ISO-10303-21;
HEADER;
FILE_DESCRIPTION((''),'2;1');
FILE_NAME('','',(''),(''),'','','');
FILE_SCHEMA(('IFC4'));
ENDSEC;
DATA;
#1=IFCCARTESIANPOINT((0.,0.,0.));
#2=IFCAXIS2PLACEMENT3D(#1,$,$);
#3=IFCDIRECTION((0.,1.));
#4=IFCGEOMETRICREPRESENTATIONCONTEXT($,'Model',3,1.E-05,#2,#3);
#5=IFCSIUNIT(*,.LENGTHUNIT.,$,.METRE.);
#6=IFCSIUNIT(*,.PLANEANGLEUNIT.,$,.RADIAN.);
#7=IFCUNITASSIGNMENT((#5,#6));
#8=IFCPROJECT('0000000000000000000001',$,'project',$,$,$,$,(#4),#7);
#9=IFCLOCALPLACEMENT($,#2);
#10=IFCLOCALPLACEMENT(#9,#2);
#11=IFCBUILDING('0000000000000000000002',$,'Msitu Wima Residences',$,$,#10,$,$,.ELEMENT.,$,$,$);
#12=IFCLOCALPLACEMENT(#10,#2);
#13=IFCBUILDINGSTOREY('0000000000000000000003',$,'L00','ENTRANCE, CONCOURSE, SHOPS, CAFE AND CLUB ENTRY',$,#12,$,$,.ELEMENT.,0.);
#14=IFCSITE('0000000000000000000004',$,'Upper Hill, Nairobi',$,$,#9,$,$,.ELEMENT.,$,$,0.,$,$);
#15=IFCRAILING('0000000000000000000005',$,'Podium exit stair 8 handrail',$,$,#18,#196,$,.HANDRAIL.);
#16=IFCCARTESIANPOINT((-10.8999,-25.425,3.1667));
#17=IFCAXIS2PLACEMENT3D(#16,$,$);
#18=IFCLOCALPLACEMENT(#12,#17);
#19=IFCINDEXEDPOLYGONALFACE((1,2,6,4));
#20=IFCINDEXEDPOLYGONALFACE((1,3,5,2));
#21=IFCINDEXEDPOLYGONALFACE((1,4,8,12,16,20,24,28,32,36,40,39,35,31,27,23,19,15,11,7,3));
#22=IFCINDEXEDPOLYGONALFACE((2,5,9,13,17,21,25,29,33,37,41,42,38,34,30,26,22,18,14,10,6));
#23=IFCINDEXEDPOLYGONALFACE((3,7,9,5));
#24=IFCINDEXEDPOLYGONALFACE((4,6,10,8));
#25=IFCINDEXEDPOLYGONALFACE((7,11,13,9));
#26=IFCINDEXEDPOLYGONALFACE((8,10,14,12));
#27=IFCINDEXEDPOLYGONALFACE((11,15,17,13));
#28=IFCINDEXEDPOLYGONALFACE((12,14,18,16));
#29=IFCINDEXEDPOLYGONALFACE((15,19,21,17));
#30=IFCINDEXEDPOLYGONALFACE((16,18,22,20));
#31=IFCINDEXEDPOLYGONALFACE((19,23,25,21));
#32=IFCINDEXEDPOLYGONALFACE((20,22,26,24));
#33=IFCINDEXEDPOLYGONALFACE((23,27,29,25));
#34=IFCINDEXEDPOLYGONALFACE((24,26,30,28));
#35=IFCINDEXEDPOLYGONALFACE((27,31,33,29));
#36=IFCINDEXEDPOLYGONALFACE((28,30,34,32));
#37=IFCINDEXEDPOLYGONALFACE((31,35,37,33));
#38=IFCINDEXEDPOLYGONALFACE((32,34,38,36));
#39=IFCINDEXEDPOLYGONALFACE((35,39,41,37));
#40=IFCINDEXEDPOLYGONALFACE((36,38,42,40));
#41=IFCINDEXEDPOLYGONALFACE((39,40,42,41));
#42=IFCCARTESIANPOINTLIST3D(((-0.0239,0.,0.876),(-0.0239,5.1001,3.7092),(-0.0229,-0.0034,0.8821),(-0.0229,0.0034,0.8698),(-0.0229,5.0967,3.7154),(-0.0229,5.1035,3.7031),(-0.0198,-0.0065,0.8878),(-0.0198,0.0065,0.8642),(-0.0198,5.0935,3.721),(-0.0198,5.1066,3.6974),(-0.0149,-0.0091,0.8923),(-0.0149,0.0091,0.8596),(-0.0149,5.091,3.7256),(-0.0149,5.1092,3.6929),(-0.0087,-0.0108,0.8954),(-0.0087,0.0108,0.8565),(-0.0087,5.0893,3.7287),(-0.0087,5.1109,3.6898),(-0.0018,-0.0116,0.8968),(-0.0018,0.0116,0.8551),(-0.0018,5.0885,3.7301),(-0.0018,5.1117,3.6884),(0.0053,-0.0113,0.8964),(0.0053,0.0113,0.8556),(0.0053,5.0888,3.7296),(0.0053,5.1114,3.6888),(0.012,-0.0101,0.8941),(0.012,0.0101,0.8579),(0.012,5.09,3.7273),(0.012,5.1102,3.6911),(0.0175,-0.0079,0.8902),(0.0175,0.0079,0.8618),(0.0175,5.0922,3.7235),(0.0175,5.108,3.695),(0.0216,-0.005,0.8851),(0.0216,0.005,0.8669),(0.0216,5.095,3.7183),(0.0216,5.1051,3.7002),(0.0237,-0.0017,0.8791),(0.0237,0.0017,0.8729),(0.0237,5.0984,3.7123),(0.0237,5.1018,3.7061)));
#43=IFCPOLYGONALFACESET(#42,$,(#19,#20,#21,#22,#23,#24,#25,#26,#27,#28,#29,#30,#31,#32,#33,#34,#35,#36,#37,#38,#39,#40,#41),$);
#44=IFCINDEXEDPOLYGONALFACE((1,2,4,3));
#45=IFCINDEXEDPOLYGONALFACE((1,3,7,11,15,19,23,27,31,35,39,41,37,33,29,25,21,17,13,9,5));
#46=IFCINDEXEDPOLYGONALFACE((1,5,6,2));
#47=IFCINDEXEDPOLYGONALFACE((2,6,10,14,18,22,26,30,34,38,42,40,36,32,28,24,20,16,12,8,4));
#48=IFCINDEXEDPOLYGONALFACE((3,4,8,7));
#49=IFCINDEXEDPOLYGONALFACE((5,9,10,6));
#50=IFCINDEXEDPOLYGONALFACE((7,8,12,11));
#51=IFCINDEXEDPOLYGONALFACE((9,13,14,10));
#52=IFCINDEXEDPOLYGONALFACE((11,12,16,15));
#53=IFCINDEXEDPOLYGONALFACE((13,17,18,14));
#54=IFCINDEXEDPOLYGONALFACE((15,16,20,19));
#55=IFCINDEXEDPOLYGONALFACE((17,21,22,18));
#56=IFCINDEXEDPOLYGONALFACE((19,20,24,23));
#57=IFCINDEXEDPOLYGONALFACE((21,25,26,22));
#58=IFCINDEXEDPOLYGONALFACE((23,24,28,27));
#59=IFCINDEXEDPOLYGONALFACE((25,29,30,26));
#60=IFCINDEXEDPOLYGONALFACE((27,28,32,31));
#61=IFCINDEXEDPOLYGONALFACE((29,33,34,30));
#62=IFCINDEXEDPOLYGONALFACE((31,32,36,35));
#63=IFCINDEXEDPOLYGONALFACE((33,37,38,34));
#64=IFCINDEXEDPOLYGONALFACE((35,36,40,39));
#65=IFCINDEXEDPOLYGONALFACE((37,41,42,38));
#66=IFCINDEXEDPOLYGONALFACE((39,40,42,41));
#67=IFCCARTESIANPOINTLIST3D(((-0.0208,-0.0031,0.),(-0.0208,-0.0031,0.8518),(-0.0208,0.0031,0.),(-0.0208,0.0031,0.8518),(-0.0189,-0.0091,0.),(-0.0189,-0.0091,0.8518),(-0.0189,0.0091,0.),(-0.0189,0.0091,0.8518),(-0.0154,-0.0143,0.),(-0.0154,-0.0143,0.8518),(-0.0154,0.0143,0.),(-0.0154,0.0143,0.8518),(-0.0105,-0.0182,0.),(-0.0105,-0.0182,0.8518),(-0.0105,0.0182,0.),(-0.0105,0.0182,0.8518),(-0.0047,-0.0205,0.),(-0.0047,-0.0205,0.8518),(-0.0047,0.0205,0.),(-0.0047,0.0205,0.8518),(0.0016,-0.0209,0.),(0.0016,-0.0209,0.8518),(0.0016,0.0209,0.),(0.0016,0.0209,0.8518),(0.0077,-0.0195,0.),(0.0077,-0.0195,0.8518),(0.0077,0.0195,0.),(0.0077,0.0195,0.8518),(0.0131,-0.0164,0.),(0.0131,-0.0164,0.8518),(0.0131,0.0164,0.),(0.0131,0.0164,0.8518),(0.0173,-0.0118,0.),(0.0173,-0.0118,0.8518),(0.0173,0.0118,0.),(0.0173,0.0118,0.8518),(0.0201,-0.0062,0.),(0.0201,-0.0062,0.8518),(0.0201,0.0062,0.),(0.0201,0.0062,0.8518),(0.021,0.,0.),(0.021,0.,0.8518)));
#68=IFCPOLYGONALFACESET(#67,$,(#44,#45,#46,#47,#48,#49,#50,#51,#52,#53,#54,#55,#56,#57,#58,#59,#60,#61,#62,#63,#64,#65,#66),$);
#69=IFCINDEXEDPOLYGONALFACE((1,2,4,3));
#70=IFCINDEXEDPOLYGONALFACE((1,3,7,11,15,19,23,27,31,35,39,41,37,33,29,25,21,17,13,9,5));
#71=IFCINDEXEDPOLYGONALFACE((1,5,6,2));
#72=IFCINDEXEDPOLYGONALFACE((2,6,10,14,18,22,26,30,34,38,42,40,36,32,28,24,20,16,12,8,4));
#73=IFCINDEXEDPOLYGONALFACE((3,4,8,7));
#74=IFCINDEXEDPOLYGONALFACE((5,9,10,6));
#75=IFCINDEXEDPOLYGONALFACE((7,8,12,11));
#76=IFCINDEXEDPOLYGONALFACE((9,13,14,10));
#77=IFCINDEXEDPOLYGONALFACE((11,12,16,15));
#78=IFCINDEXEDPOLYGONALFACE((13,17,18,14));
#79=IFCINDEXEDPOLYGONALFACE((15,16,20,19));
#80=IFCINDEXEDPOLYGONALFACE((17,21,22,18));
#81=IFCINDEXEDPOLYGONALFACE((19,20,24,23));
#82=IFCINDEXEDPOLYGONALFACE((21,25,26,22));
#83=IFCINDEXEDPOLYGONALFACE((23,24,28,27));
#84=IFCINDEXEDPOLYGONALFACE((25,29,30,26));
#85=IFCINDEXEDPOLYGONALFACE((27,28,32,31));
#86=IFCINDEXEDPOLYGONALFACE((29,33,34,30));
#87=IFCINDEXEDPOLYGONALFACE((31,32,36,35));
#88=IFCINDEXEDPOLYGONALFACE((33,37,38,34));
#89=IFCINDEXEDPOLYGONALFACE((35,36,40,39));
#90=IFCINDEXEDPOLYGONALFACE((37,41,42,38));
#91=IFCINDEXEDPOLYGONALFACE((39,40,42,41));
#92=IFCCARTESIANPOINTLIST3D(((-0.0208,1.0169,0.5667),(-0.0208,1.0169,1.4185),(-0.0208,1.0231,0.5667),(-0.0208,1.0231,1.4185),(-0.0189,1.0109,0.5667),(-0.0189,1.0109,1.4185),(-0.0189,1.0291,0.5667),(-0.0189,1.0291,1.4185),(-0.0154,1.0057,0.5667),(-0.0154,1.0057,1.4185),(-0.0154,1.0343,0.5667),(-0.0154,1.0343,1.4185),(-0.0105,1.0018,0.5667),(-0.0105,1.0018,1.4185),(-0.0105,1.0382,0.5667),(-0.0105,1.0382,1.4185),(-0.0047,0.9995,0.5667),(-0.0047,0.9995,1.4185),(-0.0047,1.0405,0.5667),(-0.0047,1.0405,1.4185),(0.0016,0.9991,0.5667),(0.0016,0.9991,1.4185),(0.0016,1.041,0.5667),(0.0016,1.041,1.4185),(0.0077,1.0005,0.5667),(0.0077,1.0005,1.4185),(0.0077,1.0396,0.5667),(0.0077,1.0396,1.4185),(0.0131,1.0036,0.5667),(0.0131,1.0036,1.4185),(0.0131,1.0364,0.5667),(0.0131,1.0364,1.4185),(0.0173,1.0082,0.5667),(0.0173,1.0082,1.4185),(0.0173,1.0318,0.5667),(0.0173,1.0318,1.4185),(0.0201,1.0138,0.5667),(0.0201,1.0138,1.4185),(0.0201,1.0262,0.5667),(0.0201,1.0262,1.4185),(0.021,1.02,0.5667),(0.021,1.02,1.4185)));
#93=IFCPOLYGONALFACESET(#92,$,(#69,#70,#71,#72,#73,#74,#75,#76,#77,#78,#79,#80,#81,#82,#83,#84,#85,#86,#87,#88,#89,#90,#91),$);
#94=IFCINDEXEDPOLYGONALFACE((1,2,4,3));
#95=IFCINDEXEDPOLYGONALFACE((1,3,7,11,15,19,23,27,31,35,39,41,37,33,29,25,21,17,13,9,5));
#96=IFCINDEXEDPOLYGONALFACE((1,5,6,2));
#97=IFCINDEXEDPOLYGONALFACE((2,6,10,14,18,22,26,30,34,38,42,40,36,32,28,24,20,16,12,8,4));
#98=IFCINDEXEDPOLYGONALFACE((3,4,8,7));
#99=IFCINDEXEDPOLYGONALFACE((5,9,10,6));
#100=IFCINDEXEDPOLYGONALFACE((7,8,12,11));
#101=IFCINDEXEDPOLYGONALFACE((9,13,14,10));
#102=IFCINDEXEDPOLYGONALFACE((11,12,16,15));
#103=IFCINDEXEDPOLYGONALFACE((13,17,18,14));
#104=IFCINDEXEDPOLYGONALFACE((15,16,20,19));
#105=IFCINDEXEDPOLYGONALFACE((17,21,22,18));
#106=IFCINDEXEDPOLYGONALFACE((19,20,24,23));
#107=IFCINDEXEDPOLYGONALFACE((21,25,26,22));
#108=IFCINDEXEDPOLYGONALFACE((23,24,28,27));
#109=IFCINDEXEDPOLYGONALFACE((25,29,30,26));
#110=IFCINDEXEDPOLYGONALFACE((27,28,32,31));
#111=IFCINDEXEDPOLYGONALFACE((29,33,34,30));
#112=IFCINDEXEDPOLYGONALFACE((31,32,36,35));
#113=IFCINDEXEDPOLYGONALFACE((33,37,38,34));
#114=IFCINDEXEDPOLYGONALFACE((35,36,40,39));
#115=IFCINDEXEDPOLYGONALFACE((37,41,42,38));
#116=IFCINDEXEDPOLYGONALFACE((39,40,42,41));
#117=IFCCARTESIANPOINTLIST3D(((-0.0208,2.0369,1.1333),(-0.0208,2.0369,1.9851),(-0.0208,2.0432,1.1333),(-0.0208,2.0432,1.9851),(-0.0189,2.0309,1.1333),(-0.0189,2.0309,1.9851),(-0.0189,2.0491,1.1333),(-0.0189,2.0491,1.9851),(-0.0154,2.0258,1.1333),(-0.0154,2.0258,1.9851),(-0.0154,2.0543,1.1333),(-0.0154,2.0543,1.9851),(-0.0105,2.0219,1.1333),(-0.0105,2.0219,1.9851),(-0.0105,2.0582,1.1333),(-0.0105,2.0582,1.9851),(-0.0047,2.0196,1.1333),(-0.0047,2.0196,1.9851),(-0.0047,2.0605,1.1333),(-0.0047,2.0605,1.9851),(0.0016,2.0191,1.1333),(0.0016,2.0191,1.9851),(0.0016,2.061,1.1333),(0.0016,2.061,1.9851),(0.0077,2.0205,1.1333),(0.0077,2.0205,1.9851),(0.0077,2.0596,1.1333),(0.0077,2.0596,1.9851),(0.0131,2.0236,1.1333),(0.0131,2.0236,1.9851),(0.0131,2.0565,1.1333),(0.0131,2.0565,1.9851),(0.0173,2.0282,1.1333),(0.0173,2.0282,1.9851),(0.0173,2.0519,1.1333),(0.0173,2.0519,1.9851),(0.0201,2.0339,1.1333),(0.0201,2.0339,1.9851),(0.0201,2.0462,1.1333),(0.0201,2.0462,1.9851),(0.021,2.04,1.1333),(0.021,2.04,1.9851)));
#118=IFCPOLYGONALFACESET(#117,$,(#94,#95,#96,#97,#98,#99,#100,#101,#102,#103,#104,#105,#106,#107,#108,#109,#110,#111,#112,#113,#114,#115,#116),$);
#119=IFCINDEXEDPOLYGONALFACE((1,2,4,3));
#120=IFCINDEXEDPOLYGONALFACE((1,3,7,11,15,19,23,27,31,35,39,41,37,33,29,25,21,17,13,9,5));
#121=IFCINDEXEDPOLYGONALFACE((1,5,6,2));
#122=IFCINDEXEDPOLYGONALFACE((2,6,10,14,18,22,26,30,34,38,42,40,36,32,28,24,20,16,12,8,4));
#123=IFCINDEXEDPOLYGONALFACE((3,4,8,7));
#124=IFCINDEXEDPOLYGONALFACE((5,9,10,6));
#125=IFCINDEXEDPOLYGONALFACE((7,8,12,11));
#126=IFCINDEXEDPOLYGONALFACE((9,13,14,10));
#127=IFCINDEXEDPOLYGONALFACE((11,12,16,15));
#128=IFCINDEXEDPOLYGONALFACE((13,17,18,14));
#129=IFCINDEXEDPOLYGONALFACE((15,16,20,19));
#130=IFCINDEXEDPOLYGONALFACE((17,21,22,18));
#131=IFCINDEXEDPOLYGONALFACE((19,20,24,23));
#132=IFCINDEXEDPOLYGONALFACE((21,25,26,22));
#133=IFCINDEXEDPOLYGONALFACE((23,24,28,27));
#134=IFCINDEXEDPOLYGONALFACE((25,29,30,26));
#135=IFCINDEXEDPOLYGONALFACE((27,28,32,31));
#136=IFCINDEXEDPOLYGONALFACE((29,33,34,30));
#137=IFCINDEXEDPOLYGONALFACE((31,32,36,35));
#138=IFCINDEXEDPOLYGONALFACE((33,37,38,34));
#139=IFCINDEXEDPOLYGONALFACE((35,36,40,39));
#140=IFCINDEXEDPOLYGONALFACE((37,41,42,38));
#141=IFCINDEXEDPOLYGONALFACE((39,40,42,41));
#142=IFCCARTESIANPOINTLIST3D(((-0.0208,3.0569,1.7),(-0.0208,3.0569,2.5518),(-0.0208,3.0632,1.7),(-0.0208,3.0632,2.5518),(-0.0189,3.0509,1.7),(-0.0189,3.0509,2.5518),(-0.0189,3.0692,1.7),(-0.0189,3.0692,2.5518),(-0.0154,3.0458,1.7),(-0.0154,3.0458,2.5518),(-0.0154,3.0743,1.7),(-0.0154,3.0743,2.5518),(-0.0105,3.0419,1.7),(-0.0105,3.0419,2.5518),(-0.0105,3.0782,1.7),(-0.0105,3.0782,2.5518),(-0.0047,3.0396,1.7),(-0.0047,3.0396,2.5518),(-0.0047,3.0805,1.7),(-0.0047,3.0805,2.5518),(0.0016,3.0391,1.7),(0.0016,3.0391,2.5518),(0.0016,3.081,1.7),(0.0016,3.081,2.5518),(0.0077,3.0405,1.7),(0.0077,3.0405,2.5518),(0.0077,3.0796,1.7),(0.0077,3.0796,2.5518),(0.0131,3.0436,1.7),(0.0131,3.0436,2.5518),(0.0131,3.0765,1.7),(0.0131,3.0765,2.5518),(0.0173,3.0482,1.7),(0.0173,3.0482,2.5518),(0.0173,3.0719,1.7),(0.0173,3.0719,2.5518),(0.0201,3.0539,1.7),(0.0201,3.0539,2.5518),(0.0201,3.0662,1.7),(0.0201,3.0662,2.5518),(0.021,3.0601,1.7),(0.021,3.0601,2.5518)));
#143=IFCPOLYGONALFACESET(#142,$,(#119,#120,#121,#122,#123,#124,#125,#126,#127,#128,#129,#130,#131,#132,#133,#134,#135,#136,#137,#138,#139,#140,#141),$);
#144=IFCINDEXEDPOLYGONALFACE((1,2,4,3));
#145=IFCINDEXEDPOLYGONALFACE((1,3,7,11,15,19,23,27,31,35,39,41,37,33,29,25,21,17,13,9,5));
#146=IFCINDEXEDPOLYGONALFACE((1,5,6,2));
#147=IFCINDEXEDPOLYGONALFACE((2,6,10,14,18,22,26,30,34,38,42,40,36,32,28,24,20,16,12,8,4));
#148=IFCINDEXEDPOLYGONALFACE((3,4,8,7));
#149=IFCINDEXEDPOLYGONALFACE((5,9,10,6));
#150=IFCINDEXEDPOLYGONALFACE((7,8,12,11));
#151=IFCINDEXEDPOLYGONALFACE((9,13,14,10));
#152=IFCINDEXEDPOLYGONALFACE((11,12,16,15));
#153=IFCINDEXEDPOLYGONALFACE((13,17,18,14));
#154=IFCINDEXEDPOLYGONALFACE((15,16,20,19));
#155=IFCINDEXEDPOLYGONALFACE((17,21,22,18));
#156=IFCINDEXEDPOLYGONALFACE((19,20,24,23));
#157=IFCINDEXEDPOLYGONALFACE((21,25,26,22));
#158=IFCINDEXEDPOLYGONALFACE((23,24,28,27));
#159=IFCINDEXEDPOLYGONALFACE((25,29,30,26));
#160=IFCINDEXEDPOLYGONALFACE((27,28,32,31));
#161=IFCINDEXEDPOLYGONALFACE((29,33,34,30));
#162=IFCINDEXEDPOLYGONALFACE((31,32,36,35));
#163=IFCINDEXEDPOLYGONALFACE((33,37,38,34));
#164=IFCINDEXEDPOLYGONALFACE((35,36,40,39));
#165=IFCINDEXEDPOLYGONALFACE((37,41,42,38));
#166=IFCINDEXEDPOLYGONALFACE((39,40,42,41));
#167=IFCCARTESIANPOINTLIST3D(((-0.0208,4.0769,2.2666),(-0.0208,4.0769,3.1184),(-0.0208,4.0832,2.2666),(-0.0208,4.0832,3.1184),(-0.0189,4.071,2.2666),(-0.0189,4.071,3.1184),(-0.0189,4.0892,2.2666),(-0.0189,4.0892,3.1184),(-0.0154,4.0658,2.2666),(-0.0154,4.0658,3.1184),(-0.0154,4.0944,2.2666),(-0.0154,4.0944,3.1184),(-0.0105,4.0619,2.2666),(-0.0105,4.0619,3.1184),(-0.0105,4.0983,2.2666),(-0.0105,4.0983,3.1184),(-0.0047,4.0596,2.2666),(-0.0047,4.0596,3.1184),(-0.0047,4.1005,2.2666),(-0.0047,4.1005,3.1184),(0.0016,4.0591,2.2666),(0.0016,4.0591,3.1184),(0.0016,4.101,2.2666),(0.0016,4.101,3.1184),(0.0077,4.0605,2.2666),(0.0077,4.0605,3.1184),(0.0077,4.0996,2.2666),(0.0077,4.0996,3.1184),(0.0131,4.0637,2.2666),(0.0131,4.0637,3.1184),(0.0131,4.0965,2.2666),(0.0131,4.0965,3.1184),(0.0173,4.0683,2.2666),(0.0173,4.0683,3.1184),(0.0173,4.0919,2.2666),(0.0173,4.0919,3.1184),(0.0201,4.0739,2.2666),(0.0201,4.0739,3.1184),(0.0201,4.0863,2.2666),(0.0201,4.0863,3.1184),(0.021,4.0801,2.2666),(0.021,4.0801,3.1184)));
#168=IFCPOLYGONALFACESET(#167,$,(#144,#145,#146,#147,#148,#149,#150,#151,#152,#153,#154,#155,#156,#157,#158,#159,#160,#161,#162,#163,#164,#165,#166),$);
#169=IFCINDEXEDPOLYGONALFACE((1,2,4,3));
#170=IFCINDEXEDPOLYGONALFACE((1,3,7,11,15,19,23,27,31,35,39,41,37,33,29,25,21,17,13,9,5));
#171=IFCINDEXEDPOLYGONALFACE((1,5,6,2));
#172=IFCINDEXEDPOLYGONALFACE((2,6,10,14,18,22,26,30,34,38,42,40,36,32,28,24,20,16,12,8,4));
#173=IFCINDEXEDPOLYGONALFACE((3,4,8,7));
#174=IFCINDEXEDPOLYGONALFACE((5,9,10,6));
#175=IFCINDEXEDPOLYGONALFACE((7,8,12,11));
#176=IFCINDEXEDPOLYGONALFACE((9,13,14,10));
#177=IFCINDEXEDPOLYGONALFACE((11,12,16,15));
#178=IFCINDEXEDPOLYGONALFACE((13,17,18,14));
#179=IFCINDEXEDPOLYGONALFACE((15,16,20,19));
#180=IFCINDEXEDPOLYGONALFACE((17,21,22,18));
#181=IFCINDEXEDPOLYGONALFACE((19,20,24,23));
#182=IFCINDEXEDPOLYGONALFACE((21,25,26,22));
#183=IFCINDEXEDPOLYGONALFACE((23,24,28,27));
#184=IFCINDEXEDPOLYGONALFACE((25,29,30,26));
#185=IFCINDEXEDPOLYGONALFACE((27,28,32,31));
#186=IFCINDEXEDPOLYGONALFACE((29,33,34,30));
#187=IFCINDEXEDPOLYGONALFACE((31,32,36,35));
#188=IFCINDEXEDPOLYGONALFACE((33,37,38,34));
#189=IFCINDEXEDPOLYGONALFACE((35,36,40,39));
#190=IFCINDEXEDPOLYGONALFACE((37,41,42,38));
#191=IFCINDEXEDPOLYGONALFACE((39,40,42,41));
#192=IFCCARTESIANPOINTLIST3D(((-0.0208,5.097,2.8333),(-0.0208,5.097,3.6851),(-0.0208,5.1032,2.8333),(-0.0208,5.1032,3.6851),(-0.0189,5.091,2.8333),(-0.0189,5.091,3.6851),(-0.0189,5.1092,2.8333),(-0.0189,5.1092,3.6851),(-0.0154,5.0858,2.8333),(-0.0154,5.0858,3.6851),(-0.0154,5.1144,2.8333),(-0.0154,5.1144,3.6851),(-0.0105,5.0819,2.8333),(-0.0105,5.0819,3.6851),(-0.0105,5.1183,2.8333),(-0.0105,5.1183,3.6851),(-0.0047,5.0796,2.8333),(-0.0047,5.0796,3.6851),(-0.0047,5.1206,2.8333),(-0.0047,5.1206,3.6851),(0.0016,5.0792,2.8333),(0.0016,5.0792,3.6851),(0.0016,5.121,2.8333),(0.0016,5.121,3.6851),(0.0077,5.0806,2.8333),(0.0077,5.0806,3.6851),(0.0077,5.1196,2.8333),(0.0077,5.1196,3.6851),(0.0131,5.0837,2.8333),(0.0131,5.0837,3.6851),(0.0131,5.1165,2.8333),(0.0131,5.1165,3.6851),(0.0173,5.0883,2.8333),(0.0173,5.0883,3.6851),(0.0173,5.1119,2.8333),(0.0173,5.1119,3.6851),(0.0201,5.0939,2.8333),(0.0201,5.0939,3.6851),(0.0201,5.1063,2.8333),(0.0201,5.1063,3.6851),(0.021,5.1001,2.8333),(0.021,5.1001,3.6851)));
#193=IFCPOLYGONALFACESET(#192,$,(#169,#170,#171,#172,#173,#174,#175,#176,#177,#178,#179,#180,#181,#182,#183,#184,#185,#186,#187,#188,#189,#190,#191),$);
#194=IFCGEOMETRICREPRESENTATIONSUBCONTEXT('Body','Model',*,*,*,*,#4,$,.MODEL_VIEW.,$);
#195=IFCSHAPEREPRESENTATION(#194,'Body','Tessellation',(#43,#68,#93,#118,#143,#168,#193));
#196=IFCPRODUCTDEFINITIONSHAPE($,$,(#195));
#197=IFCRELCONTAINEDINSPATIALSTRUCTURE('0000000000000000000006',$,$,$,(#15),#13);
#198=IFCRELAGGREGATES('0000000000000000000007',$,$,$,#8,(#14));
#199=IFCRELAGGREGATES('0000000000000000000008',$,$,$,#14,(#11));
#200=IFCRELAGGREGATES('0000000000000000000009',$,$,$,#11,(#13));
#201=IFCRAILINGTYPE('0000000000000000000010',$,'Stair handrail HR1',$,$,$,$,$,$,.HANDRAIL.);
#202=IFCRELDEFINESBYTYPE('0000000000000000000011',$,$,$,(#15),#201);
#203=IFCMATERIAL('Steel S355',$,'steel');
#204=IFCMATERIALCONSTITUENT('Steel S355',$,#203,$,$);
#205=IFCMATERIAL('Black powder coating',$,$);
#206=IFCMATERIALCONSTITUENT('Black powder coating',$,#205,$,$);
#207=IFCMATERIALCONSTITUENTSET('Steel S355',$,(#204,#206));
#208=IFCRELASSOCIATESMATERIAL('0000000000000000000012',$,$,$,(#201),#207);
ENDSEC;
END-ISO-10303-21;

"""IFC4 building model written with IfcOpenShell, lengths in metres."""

from ifc_helpers import new_model, si_unit, direction, frame, origin, origin_2d, place, context, subcontext, project, spatial, circle, extrude, material, constituent, constituent_set, type_object, element, save


model = new_model("IFC4")

# Units and contexts
model_context = context("Model", 3, precision=1e-05, world=origin(), true_north=direction((0.0, 1.0)))
body_context = subcontext(model_context, "Body", "Model", "MODEL_VIEW")
ifc_project = project(units=[si_unit("LENGTHUNIT", "METRE"), si_unit("PLANEANGLEUNIT", "RADIAN")], contexts=[model_context])

# Site, building, storey
site_placement = place(None, origin())
site = spatial("IfcSite", under=ifc_project, at=site_placement, Name="Upper Hill, Nairobi", CompositionType="ELEMENT", RefElevation=0.0)
building_placement = place(site_placement, origin())
building = spatial("IfcBuilding", under=site, at=building_placement, Name="Msitu Wima Residences", CompositionType="ELEMENT")
storey_placement = place(building_placement, origin())
storey = spatial("IfcBuildingStorey", under=building, at=storey_placement, Name="L00", Description="ENTRANCE, CONCOURSE, SHOPS, CAFE AND CLUB ENTRY", CompositionType="ELEMENT", Elevation=0.0)

# Railing
ifc_material_1 = material(Name="Steel S355", Category="steel")
ifc_constituent_1 = constituent(ifc_material_1, Name="Steel S355")
ifc_material_2 = material(Name="Black powder coating")
ifc_constituent_2 = constituent(ifc_material_2, Name="Black powder coating")
ifc_constituent_set = constituent_set(constituents=[ifc_constituent_1, ifc_constituent_2], Name="Steel S355")
railing_type = type_object("IfcRailingType", Name="Stair handrail HR1", PredefinedType="HANDRAIL", material=ifc_constituent_set)
railing_placement = place(storey_placement, frame((-10.8999, -25.425, 3.1667)))
element("IfcRailing", 1, at=railing_placement, inside=storey, type_object=railing_type, Name="Podium exit stair 8 handrail", PredefinedType="HANDRAIL", context=body_context, shape_type="SweptSolid", body=[
    extrude(circle(Radius=0.0239, at=origin_2d()), frame((0.0, 0.0, 0.876), z_axis=(0.0, 0.874167, 0.485625), x_axis=(-1.0, 0.0, 0.0)), (0.0, 0.0, 1.0), 5.8342),
    extrude(circle(Radius=0.021, at=origin_2d()), origin(), (0.0, 0.0, 1.0), 0.8518),
    extrude(circle(Radius=0.021, at=origin_2d()), frame((0.0, 1.02, 0.5667)), (0.0, 0.0, 1.0), 0.8518),
    extrude(circle(Radius=0.021, at=origin_2d()), frame((0.0, 2.04, 1.1333)), (0.0, 0.0, 1.0), 0.8518),
    extrude(circle(Radius=0.021, at=origin_2d()), frame((0.0, 3.0601, 1.7)), (0.0, 0.0, 1.0), 0.8518),
    extrude(circle(Radius=0.021, at=origin_2d()), frame((0.0, 4.0801, 2.2666)), (0.0, 0.0, 1.0), 0.8518),
    extrude(circle(Radius=0.021, at=origin_2d()), frame((0.0, 5.1001, 2.8333)), (0.0, 0.0, 1.0), 0.8518),
])

save(model, "model.ifc")
